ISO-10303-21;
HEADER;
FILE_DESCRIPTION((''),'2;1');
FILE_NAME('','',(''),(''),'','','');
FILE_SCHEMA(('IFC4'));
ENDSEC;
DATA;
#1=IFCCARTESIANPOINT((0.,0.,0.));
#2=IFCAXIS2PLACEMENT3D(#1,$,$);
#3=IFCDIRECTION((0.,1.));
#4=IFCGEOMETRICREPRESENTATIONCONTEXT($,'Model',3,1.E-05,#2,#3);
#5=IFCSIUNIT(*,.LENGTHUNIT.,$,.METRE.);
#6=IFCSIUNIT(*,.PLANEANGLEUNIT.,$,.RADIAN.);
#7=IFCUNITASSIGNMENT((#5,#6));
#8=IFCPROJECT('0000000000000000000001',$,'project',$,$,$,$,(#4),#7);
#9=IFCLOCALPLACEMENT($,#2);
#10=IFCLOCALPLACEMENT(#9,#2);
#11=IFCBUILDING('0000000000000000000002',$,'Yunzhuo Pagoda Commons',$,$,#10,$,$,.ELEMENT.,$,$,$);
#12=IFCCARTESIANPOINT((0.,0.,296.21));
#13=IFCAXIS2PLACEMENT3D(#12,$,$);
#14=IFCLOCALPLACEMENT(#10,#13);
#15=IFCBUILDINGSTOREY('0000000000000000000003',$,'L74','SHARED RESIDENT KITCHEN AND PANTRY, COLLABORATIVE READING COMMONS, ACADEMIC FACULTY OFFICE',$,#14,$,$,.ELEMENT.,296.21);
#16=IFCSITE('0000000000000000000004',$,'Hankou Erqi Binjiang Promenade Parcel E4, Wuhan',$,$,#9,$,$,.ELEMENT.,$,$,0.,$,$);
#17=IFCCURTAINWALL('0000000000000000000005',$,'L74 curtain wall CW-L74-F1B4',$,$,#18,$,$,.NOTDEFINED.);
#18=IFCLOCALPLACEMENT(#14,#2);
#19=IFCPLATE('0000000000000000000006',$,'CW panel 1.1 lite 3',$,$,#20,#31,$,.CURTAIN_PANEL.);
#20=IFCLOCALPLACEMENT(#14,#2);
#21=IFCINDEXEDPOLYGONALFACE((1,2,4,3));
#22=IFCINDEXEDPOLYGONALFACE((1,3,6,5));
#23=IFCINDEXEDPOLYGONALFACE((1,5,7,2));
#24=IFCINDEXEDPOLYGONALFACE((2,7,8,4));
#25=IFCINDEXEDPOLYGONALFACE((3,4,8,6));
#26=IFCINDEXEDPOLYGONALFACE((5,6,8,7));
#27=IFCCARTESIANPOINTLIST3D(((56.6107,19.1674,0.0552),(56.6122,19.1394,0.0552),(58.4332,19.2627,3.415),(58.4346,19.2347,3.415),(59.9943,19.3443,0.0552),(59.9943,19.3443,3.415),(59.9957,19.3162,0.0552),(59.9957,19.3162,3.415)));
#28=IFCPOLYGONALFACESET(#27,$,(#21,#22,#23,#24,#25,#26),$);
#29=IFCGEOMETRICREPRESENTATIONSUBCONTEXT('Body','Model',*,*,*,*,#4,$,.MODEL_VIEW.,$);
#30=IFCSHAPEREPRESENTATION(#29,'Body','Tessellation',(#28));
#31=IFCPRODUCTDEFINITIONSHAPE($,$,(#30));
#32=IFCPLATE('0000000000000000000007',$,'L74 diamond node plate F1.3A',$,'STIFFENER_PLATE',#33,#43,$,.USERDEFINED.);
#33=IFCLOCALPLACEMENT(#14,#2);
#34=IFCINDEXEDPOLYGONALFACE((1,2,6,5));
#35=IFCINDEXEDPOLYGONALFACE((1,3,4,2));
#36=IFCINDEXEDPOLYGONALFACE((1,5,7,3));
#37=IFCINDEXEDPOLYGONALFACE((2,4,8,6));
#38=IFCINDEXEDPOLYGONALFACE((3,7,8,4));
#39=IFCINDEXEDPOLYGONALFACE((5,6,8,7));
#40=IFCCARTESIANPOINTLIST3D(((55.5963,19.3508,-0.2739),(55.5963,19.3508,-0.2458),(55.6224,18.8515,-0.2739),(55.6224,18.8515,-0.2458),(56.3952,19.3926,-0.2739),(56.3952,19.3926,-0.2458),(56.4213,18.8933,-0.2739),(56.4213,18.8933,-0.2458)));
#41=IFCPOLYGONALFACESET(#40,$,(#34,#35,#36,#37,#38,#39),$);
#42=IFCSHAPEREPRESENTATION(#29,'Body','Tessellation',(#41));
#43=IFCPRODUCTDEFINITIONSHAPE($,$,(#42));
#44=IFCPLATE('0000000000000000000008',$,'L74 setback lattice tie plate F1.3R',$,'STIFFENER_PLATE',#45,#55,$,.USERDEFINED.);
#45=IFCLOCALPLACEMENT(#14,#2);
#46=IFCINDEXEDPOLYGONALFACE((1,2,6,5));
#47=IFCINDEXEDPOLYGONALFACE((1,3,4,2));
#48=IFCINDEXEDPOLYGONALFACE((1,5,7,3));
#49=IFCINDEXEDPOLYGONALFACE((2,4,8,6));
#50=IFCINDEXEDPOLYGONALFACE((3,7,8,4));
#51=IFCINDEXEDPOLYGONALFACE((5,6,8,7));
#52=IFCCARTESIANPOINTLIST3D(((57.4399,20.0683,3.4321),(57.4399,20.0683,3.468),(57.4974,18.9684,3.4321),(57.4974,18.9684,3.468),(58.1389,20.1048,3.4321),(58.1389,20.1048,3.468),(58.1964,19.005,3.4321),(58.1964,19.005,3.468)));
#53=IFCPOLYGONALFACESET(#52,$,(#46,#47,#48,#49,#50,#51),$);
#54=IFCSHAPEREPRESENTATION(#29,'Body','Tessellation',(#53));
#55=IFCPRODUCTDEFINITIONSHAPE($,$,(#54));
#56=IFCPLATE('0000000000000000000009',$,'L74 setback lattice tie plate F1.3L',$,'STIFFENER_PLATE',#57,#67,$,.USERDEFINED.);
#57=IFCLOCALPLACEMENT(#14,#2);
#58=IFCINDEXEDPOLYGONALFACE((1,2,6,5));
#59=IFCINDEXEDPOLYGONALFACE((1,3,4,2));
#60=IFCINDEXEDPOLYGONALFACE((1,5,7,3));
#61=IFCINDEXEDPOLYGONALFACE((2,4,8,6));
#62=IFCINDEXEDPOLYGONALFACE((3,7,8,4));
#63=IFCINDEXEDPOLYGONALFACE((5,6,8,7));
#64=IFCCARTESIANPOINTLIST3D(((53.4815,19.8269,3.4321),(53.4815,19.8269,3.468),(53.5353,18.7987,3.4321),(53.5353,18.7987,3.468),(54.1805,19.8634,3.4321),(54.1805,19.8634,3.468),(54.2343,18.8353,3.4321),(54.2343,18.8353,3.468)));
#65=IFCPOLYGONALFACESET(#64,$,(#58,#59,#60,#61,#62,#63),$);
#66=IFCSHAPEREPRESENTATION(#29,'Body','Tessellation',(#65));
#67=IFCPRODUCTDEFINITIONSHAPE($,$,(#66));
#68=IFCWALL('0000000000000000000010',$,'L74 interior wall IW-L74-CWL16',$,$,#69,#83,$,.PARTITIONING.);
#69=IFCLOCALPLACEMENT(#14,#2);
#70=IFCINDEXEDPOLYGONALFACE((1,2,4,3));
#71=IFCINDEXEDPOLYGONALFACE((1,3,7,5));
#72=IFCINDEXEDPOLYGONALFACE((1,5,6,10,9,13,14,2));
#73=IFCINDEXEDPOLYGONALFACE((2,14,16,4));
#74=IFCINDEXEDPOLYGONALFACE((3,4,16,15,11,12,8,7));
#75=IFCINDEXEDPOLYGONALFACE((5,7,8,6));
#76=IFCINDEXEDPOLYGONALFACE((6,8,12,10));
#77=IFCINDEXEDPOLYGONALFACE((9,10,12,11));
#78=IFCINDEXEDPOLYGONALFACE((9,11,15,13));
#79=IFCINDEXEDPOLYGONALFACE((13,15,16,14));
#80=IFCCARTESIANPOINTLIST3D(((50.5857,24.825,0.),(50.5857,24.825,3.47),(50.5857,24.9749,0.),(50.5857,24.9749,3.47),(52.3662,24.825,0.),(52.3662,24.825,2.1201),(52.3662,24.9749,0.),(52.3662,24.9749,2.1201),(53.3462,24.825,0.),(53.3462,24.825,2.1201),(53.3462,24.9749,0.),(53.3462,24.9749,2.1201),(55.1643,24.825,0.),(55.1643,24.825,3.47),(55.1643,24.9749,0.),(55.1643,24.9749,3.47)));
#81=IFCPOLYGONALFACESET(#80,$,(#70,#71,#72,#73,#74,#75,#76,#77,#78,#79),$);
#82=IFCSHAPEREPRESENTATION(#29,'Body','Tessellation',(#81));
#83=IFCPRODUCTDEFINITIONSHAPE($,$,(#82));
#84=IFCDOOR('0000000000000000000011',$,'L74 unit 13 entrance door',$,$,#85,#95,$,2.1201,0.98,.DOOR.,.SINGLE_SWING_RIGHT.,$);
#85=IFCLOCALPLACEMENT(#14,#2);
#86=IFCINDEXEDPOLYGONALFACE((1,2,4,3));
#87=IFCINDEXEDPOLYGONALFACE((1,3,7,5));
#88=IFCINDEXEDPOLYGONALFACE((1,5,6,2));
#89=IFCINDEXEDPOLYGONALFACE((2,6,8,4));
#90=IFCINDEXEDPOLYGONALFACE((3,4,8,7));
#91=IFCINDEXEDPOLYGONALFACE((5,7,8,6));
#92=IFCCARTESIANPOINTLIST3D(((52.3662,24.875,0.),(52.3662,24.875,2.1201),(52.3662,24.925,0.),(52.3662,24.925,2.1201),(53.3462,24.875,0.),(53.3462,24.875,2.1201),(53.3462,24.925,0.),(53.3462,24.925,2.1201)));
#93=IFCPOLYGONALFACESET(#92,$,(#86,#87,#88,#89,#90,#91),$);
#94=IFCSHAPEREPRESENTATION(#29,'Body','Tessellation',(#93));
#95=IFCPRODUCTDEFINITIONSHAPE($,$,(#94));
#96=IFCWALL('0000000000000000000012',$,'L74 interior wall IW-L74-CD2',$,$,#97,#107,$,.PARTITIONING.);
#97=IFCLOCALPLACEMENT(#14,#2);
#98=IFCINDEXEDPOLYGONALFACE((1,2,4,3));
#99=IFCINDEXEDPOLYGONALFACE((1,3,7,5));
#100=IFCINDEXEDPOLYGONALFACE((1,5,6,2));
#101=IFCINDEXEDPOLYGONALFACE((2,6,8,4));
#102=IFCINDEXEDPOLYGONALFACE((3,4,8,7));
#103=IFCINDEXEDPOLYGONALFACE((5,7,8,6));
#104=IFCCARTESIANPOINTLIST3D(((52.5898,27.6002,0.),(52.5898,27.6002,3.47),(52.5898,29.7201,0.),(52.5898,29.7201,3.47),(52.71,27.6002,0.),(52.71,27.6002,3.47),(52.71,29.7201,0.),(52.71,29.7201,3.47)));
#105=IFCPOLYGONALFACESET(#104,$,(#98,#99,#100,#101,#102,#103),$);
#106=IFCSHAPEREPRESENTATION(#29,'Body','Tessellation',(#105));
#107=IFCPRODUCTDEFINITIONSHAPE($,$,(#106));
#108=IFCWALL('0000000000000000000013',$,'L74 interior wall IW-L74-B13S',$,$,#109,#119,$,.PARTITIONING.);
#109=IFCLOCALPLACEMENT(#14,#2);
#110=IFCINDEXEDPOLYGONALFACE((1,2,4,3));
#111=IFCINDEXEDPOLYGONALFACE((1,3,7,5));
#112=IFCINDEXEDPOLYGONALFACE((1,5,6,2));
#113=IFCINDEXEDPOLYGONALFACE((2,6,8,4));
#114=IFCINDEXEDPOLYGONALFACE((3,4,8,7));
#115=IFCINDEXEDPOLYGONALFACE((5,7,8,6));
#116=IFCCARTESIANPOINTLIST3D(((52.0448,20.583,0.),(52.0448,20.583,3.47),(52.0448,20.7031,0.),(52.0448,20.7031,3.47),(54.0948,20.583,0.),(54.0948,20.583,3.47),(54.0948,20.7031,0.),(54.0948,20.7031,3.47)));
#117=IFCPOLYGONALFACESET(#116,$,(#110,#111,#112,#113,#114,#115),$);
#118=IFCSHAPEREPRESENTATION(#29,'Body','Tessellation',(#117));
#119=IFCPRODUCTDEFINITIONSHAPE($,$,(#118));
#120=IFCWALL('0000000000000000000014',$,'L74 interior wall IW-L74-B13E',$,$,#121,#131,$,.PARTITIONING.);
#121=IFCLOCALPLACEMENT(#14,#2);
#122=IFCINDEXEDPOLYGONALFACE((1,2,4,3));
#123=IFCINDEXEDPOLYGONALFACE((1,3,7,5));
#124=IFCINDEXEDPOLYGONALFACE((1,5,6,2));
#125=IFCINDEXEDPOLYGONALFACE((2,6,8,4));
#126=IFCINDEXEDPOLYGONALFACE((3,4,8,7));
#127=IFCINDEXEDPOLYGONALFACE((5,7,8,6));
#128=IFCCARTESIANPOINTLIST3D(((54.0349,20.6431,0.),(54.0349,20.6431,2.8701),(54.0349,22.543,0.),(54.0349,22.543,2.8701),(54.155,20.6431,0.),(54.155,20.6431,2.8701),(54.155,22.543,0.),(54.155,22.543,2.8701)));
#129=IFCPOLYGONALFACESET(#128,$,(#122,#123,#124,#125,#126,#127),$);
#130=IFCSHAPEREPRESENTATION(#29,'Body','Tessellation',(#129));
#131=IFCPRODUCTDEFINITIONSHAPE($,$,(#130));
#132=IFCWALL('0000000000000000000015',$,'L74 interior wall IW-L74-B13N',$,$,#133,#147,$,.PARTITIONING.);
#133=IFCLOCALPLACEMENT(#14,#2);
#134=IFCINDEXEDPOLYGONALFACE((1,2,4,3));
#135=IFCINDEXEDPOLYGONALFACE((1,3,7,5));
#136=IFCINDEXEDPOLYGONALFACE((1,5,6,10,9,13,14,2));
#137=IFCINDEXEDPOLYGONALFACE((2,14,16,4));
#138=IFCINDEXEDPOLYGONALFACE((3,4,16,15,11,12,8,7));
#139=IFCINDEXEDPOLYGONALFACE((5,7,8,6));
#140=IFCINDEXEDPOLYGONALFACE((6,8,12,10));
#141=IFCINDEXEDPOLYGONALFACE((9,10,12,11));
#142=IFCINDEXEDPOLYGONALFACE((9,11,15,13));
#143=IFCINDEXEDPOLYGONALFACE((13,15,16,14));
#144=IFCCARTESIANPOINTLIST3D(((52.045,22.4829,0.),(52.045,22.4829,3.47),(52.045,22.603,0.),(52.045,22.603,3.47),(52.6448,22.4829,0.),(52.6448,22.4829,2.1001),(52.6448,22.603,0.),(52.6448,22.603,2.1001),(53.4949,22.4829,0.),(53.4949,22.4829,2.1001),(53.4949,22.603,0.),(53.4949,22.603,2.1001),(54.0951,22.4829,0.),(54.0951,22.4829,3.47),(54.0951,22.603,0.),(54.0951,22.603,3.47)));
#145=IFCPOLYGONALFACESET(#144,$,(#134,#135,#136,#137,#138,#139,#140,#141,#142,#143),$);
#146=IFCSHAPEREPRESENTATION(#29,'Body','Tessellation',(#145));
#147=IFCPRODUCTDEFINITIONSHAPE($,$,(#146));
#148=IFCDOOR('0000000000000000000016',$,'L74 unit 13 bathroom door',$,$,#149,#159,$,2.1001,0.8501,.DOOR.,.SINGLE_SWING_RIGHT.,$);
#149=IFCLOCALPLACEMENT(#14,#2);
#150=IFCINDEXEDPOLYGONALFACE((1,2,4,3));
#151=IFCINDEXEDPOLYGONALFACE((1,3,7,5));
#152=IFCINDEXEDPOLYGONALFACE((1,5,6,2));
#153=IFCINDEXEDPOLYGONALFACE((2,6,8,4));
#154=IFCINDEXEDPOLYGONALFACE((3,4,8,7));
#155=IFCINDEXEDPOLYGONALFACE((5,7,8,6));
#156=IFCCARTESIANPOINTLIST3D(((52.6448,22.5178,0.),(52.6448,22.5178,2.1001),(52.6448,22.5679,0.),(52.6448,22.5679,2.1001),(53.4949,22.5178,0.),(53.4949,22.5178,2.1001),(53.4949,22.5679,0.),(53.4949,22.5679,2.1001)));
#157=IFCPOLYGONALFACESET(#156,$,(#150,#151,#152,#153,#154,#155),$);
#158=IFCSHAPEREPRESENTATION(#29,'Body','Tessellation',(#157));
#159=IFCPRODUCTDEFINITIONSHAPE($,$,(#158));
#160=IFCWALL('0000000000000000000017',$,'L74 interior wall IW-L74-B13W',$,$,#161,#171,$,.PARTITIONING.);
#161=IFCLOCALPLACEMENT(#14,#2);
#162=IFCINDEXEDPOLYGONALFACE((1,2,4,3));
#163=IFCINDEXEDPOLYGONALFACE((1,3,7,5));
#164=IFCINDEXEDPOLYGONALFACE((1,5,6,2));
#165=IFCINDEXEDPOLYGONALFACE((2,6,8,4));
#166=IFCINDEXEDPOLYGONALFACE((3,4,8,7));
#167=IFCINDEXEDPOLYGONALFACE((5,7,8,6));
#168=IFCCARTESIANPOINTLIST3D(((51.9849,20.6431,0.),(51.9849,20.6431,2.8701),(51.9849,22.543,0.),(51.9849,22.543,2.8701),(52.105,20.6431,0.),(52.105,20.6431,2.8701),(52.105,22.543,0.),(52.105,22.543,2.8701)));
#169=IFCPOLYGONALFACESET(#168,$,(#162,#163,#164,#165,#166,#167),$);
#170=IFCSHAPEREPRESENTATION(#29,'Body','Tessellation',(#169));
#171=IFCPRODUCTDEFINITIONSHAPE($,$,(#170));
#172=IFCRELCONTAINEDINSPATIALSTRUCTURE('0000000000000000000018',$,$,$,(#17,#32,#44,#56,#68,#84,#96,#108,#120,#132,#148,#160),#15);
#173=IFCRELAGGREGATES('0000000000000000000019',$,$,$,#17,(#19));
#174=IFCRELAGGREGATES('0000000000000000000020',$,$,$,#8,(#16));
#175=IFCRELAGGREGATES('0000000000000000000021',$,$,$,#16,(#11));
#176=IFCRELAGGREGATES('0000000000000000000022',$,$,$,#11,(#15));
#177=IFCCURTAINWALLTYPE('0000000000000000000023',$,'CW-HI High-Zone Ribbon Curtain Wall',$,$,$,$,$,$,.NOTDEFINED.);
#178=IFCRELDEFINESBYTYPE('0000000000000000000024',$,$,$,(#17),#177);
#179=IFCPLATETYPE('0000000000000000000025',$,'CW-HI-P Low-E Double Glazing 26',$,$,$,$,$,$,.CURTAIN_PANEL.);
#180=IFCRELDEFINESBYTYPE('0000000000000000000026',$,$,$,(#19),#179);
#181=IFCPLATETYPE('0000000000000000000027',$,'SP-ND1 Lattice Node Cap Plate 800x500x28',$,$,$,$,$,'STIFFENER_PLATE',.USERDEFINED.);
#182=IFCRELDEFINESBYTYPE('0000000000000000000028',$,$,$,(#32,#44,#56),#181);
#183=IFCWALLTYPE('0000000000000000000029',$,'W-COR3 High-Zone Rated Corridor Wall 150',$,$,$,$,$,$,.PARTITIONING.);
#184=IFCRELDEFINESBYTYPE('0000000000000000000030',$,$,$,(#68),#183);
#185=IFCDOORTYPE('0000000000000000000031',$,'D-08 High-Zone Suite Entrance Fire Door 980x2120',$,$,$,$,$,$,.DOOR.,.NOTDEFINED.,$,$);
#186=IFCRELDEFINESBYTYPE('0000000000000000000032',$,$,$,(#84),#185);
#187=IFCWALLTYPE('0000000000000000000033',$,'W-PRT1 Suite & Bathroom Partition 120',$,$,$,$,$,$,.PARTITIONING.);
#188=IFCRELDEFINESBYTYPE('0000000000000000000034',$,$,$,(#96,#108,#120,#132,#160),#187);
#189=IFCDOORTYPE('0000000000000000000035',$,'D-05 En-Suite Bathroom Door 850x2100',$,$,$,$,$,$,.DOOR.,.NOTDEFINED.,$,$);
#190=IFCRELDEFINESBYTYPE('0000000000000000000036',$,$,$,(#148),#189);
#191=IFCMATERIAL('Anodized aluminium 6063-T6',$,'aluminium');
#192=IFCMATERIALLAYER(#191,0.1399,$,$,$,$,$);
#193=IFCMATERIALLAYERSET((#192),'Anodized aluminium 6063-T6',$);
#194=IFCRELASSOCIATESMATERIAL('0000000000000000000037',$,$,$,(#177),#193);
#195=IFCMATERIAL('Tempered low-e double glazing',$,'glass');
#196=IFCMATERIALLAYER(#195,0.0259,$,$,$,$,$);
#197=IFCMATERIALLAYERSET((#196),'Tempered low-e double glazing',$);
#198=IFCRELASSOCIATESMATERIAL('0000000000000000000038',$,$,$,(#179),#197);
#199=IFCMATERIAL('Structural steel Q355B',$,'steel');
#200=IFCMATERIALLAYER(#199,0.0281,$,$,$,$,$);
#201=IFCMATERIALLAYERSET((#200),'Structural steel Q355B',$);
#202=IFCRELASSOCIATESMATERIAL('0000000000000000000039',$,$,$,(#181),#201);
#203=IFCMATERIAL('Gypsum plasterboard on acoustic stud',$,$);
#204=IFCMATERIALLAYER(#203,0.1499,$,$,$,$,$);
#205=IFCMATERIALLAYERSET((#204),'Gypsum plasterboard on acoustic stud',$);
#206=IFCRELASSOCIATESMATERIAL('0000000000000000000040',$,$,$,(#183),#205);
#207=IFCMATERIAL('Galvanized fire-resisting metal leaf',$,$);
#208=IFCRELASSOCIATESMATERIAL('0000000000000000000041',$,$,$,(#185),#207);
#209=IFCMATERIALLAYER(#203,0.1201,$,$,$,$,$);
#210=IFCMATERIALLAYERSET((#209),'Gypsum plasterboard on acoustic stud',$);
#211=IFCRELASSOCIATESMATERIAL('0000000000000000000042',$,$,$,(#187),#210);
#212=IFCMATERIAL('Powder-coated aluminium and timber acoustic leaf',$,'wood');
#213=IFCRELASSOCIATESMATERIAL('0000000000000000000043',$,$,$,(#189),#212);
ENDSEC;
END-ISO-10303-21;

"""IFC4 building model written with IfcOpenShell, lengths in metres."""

from ifc_helpers import new_model, si_unit, direction, frame, frame_2d, origin, origin_with_axes, origin_2d, place, context, subcontext, project, spatial, polyline, rectangle, outline, extrude, source, transform, mapped, material, layer, layer_set, type_object, element, fill, aggregate, save


model = new_model("IFC4")

# Units and contexts
model_context = context("Model", 3, precision=1e-05, world=origin(), true_north=direction((0.0, 1.0)))
body_context = subcontext(model_context, "Body", "Model", "MODEL_VIEW")
ifc_project = project(units=[si_unit("LENGTHUNIT", "METRE"), si_unit("PLANEANGLEUNIT", "RADIAN")], contexts=[model_context])

# Site, building, storey
site_placement = place(None, origin())
site = spatial("IfcSite", under=ifc_project, at=site_placement, Name="Hankou Erqi Binjiang Promenade Parcel E4, Wuhan", CompositionType="ELEMENT", RefElevation=0.0)
building_placement = place(site_placement, origin())
building = spatial("IfcBuilding", under=site, at=building_placement, Name="Yunzhuo Pagoda Commons", CompositionType="ELEMENT")
storey_placement = place(building_placement, frame((0.0, 0.0, 296.21)))
storey = spatial("IfcBuildingStorey", under=building, at=storey_placement, Name="L74", Description="SHARED RESIDENT KITCHEN AND PANTRY, COLLABORATIVE READING COMMONS, ACADEMIC FACULTY OFFICE", CompositionType="ELEMENT", Elevation=296.21)

# Shared definitions
ifc_material_1 = material(Name="Structural steel Q355B", Category="steel")

# Curtain wall, plate
ifc_material_2 = material(Name="Anodized aluminium 6063-T6", Category="aluminium")
ifc_layer_1 = layer(ifc_material_2, 0.1399)
ifc_layer_set_1 = layer_set([ifc_layer_1], Name="Anodized aluminium 6063-T6")
curtain_wall_type = type_object("IfcCurtainWallType", Name="CW-HI High-Zone Ribbon Curtain Wall", PredefinedType="NOTDEFINED", material=ifc_layer_set_1)
curtain_wall_placement = place(storey_placement, origin())
curtain_wall = element("IfcCurtainWall", 1, at=curtain_wall_placement, inside=storey, type_object=curtain_wall_type, Name="L74 curtain wall CW-L74-F1B4", PredefinedType="NOTDEFINED")
ifc_material_3 = material(Name="Tempered low-e double glazing", Category="glass")
ifc_layer_2 = layer(ifc_material_3, 0.0259)
ifc_layer_set_2 = layer_set([ifc_layer_2], Name="Tempered low-e double glazing")
plate_type_1 = type_object("IfcPlateType", Name="CW-HI-P Low-E Double Glazing 26", PredefinedType="CURTAIN_PANEL", material=ifc_layer_set_2)
plate_1_placement = place(storey_placement, frame((58.3025, 19.2559, 1.7351), z_axis=(0.05219, -0.998637, 0.0), x_axis=(0.998637, 0.05219, 0.0)))
plate_1 = element("IfcPlate", 2, at=plate_1_placement, type_object=plate_type_1, Name="CW panel 1.1 lite 3", PredefinedType="CURTAIN_PANEL", context=body_context, shape_type="SweptSolid", body=[
    extrude(outline(polyline([(-1.6941, -1.6799), (1.6941, -1.6799), (1.6941, 1.6799), (0.1309, 1.6799), (-1.6941, -1.6799)])), origin(), (0.0, 0.0, 1.0), 0.0281),
])
aggregate(curtain_wall, [plate_1])

# Plates
ifc_layer_3 = layer(ifc_material_1, 0.0281)
ifc_layer_set_3 = layer_set([ifc_layer_3], Name="Structural steel Q355B")
plate_type_2 = type_object("IfcPlateType", Name="SP-ND1 Lattice Node Cap Plate 800x500x28", ElementType="STIFFENER_PLATE", PredefinedType="USERDEFINED", material=ifc_layer_set_3)
shared_shape_1 = source(origin(), body_context, "Body", "SweptSolid", [
    extrude(rectangle(XDim=0.8, YDim=0.5, at=origin_2d()), origin(), (0.0, 0.0, 1.0), 0.0281),
])
plate_2_placement = place(storey_placement, frame((56.0088, 19.1221, -0.2739), z_axis=(0.0, 0.0, 1.0), x_axis=(0.998637, 0.052197, 0.0)))
element("IfcPlate", 3, at=plate_2_placement, inside=storey, type_object=plate_type_2, Name="L74 diamond node plate F1.3A", ObjectType="STIFFENER_PLATE", PredefinedType="USERDEFINED", context=body_context, shape_type="MappedRepresentation", body=[
    mapped(shared_shape_1, transform((0.0, 0.0, 0.0), scale=1.0)),
])
shared_shape_2 = source(origin(), body_context, "Body", "SweptSolid", [
    extrude(rectangle(XDim=0.7, YDim=1.1013, at=origin_2d()), origin(), (0.0, 0.0, 1.0), 0.0359),
])
plate_3_placement = place(storey_placement, frame((57.8181, 19.5366, 3.4321), z_axis=(0.0, 0.0, 1.0), x_axis=(0.998637, 0.052197, 0.0)))
element("IfcPlate", 4, at=plate_3_placement, inside=storey, type_object=plate_type_2, Name="L74 setback lattice tie plate F1.3R", ObjectType="STIFFENER_PLATE", PredefinedType="USERDEFINED", context=body_context, shape_type="MappedRepresentation", body=[
    mapped(shared_shape_2, transform((0.0, 0.0, 0.0), scale=1.0)),
])
shared_shape_3 = source(origin(), body_context, "Body", "SweptSolid", [
    extrude(rectangle(XDim=0.7, YDim=1.0295, at=origin_2d()), origin(), (0.0, 0.0, 1.0), 0.0359),
])
plate_4_placement = place(storey_placement, frame((53.8579, 19.3311, 3.4321), z_axis=(0.0, 0.0, 1.0), x_axis=(0.998637, 0.052197, 0.0)))
element("IfcPlate", 5, at=plate_4_placement, inside=storey, type_object=plate_type_2, Name="L74 setback lattice tie plate F1.3L", ObjectType="STIFFENER_PLATE", PredefinedType="USERDEFINED", context=body_context, shape_type="MappedRepresentation", body=[
    mapped(shared_shape_3, transform((0.0, 0.0, 0.0), scale=1.0)),
])

# Wall, opening, door
ifc_material_4 = material(Name="Gypsum plasterboard on acoustic stud")
ifc_layer_4 = layer(ifc_material_4, 0.1499)
ifc_layer_set_4 = layer_set([ifc_layer_4], Name="Gypsum plasterboard on acoustic stud")
wall_type_1 = type_object("IfcWallType", Name="W-COR3 High-Zone Rated Corridor Wall 150", PredefinedType="PARTITIONING", material=ifc_layer_set_4)
wall_1_placement = place(storey_placement, frame((55.1643, 24.8999, 0.0), z_axis=(0.0, 0.0, 1.0), x_axis=(-1.0, 0.0, 0.0)))
wall_1 = element("IfcWall", 6, at=wall_1_placement, inside=storey, type_object=wall_type_1, Name="L74 interior wall IW-L74-CWL16", PredefinedType="PARTITIONING", context=body_context, shape_type="SweptSolid", body=[
    extrude(rectangle(XDim=4.5786, YDim=0.1499, at=frame_2d((2.2893, 0.0))), origin(), (0.0, 0.0, 1.0), 3.47),
])
opening_1_placement = place(wall_1_placement, frame((1.8181, 0.0, 0.0)))
opening_1 = element("IfcOpeningElement", 7, at=opening_1_placement, cuts=wall_1, PredefinedType="OPENING", context=body_context, shape_type="SweptSolid", body=[
    extrude(rectangle(XDim=0.98, YDim=2.1201, at=frame_2d((0.49, 1.0601))), frame((0.0, 0.085, 0.0), z_axis=(0.0, -1.0, 0.0), x_axis=(1.0, 0.0, 0.0)), (0.0, 0.0, 1.0), 0.1699),
])
ifc_material_5 = material(Name="Galvanized fire-resisting metal leaf")
door_type_1 = type_object("IfcDoorType", Name="D-08 High-Zone Suite Entrance Fire Door 980x2120", OperationType="NOTDEFINED", PredefinedType="DOOR", material=ifc_material_5)
shared_shape_4 = source(origin(), body_context, "Body", "SweptSolid", [
    extrude(rectangle(XDim=0.98, YDim=2.1201, at=frame_2d((0.49, 1.0601))), frame((0.0, 0.0249, 0.0), z_axis=(0.0, -1.0, 0.0), x_axis=(1.0, 0.0, 0.0)), (0.0, 0.0, 1.0), 0.05),
])
door_1_placement = place(opening_1_placement, origin_with_axes())
door_1 = element("IfcDoor", 8, at=door_1_placement, inside=storey, type_object=door_type_1, Name="L74 unit 13 entrance door", OperationType="SINGLE_SWING_RIGHT", OverallHeight=2.1201, OverallWidth=0.98, PredefinedType="DOOR", context=body_context, shape_type="MappedRepresentation", body=[
    mapped(shared_shape_4, transform((0.0, 0.0, 0.0), scale=1.0)),
])
fill(opening_1, door_1)

# Walls
ifc_layer_5 = layer(ifc_material_4, 0.1201)
ifc_layer_set_5 = layer_set([ifc_layer_5], Name="Gypsum plasterboard on acoustic stud")
wall_type_2 = type_object("IfcWallType", Name="W-PRT1 Suite & Bathroom Partition 120", PredefinedType="PARTITIONING", material=ifc_layer_set_5)
wall_2_placement = place(storey_placement, frame((52.6499, 27.6001, 0.0), z_axis=(0.0, 0.0, 1.0), x_axis=(0.0, 1.0, 0.0)))
element("IfcWall", 9, at=wall_2_placement, inside=storey, type_object=wall_type_2, Name="L74 interior wall IW-L74-CD2", PredefinedType="PARTITIONING", context=body_context, shape_type="SweptSolid", body=[
    extrude(rectangle(XDim=2.1199, YDim=0.1201, at=frame_2d((1.0601, 0.0))), origin(), (0.0, 0.0, 1.0), 3.47),
])
wall_3_placement = place(storey_placement, frame((52.0449, 20.6431, 0.0), z_axis=(0.0, 0.0, 1.0), x_axis=(1.0, 0.0, 0.0)))
element("IfcWall", 10, at=wall_3_placement, inside=storey, type_object=wall_type_2, Name="L74 interior wall IW-L74-B13S", PredefinedType="PARTITIONING", context=body_context, shape_type="SweptSolid", body=[
    extrude(rectangle(XDim=2.05, YDim=0.1201, at=frame_2d((1.0249, 0.0))), origin(), (0.0, 0.0, 1.0), 3.47),
])
wall_4_placement = place(storey_placement, frame((54.095, 20.6431, 0.0), z_axis=(0.0, 0.0, 1.0), x_axis=(0.0, 1.0, 0.0)))
element("IfcWall", 11, at=wall_4_placement, inside=storey, type_object=wall_type_2, Name="L74 interior wall IW-L74-B13E", PredefinedType="PARTITIONING", context=body_context, shape_type="SweptSolid", body=[
    extrude(rectangle(XDim=1.8999, YDim=0.1201, at=frame_2d((0.95, 0.0))), origin(), (0.0, 0.0, 1.0), 2.8701),
])

# Wall, opening, door
wall_5_placement = place(storey_placement, frame((54.095, 22.543, 0.0), z_axis=(0.0, 0.0, 1.0), x_axis=(-1.0, 0.0, 0.0)))
wall_5 = element("IfcWall", 12, at=wall_5_placement, inside=storey, type_object=wall_type_2, Name="L74 interior wall IW-L74-B13N", PredefinedType="PARTITIONING", context=body_context, shape_type="SweptSolid", body=[
    extrude(rectangle(XDim=2.05, YDim=0.1201, at=frame_2d((1.0249, 0.0))), origin(), (0.0, 0.0, 1.0), 3.47),
])
opening_2_placement = place(wall_5_placement, frame((0.6001, 0.0, 0.0)))
opening_2 = element("IfcOpeningElement", 13, at=opening_2_placement, cuts=wall_5, PredefinedType="OPENING", context=body_context, shape_type="SweptSolid", body=[
    extrude(rectangle(XDim=0.8501, YDim=2.1001, at=frame_2d((0.425, 1.05))), frame((0.0, 0.0701, 0.0), z_axis=(0.0, -1.0, 0.0), x_axis=(1.0, 0.0, 0.0)), (0.0, 0.0, 1.0), 0.1401),
])
ifc_material_6 = material(Name="Powder-coated aluminium and timber acoustic leaf", Category="wood")
door_type_2 = type_object("IfcDoorType", Name="D-05 En-Suite Bathroom Door 850x2100", OperationType="NOTDEFINED", PredefinedType="DOOR", material=ifc_material_6)
shared_shape_5 = source(origin(), body_context, "Body", "SweptSolid", [
    extrude(rectangle(XDim=0.8501, YDim=2.1001, at=frame_2d((0.425, 1.05))), frame((0.0, 0.0249, 0.0), z_axis=(0.0, -1.0, 0.0), x_axis=(1.0, 0.0, 0.0)), (0.0, 0.0, 1.0), 0.05),
])
door_2_placement = place(opening_2_placement, frame((0.8501, 0.0, 0.0), z_axis=(0.0, 0.0, 1.0), x_axis=(-1.0, 0.0, 0.0)))
door_2 = element("IfcDoor", 14, at=door_2_placement, inside=storey, type_object=door_type_2, Name="L74 unit 13 bathroom door", OperationType="SINGLE_SWING_RIGHT", OverallHeight=2.1001, OverallWidth=0.8501, PredefinedType="DOOR", context=body_context, shape_type="MappedRepresentation", body=[
    mapped(shared_shape_5, transform((0.0, 0.0, 0.0), scale=1.0)),
])
fill(opening_2, door_2)

# Wall
wall_6_placement = place(storey_placement, frame((52.0449, 22.543, 0.0), z_axis=(0.0, 0.0, 1.0), x_axis=(0.0, -1.0, 0.0)))
element("IfcWall", 15, at=wall_6_placement, inside=storey, type_object=wall_type_2, Name="L74 interior wall IW-L74-B13W", PredefinedType="PARTITIONING", context=body_context, shape_type="SweptSolid", body=[
    extrude(rectangle(XDim=1.8999, YDim=0.1201, at=frame_2d((0.95, 0.0))), origin(), (0.0, 0.0, 1.0), 2.8701),
])

save(model, "model.ifc")
